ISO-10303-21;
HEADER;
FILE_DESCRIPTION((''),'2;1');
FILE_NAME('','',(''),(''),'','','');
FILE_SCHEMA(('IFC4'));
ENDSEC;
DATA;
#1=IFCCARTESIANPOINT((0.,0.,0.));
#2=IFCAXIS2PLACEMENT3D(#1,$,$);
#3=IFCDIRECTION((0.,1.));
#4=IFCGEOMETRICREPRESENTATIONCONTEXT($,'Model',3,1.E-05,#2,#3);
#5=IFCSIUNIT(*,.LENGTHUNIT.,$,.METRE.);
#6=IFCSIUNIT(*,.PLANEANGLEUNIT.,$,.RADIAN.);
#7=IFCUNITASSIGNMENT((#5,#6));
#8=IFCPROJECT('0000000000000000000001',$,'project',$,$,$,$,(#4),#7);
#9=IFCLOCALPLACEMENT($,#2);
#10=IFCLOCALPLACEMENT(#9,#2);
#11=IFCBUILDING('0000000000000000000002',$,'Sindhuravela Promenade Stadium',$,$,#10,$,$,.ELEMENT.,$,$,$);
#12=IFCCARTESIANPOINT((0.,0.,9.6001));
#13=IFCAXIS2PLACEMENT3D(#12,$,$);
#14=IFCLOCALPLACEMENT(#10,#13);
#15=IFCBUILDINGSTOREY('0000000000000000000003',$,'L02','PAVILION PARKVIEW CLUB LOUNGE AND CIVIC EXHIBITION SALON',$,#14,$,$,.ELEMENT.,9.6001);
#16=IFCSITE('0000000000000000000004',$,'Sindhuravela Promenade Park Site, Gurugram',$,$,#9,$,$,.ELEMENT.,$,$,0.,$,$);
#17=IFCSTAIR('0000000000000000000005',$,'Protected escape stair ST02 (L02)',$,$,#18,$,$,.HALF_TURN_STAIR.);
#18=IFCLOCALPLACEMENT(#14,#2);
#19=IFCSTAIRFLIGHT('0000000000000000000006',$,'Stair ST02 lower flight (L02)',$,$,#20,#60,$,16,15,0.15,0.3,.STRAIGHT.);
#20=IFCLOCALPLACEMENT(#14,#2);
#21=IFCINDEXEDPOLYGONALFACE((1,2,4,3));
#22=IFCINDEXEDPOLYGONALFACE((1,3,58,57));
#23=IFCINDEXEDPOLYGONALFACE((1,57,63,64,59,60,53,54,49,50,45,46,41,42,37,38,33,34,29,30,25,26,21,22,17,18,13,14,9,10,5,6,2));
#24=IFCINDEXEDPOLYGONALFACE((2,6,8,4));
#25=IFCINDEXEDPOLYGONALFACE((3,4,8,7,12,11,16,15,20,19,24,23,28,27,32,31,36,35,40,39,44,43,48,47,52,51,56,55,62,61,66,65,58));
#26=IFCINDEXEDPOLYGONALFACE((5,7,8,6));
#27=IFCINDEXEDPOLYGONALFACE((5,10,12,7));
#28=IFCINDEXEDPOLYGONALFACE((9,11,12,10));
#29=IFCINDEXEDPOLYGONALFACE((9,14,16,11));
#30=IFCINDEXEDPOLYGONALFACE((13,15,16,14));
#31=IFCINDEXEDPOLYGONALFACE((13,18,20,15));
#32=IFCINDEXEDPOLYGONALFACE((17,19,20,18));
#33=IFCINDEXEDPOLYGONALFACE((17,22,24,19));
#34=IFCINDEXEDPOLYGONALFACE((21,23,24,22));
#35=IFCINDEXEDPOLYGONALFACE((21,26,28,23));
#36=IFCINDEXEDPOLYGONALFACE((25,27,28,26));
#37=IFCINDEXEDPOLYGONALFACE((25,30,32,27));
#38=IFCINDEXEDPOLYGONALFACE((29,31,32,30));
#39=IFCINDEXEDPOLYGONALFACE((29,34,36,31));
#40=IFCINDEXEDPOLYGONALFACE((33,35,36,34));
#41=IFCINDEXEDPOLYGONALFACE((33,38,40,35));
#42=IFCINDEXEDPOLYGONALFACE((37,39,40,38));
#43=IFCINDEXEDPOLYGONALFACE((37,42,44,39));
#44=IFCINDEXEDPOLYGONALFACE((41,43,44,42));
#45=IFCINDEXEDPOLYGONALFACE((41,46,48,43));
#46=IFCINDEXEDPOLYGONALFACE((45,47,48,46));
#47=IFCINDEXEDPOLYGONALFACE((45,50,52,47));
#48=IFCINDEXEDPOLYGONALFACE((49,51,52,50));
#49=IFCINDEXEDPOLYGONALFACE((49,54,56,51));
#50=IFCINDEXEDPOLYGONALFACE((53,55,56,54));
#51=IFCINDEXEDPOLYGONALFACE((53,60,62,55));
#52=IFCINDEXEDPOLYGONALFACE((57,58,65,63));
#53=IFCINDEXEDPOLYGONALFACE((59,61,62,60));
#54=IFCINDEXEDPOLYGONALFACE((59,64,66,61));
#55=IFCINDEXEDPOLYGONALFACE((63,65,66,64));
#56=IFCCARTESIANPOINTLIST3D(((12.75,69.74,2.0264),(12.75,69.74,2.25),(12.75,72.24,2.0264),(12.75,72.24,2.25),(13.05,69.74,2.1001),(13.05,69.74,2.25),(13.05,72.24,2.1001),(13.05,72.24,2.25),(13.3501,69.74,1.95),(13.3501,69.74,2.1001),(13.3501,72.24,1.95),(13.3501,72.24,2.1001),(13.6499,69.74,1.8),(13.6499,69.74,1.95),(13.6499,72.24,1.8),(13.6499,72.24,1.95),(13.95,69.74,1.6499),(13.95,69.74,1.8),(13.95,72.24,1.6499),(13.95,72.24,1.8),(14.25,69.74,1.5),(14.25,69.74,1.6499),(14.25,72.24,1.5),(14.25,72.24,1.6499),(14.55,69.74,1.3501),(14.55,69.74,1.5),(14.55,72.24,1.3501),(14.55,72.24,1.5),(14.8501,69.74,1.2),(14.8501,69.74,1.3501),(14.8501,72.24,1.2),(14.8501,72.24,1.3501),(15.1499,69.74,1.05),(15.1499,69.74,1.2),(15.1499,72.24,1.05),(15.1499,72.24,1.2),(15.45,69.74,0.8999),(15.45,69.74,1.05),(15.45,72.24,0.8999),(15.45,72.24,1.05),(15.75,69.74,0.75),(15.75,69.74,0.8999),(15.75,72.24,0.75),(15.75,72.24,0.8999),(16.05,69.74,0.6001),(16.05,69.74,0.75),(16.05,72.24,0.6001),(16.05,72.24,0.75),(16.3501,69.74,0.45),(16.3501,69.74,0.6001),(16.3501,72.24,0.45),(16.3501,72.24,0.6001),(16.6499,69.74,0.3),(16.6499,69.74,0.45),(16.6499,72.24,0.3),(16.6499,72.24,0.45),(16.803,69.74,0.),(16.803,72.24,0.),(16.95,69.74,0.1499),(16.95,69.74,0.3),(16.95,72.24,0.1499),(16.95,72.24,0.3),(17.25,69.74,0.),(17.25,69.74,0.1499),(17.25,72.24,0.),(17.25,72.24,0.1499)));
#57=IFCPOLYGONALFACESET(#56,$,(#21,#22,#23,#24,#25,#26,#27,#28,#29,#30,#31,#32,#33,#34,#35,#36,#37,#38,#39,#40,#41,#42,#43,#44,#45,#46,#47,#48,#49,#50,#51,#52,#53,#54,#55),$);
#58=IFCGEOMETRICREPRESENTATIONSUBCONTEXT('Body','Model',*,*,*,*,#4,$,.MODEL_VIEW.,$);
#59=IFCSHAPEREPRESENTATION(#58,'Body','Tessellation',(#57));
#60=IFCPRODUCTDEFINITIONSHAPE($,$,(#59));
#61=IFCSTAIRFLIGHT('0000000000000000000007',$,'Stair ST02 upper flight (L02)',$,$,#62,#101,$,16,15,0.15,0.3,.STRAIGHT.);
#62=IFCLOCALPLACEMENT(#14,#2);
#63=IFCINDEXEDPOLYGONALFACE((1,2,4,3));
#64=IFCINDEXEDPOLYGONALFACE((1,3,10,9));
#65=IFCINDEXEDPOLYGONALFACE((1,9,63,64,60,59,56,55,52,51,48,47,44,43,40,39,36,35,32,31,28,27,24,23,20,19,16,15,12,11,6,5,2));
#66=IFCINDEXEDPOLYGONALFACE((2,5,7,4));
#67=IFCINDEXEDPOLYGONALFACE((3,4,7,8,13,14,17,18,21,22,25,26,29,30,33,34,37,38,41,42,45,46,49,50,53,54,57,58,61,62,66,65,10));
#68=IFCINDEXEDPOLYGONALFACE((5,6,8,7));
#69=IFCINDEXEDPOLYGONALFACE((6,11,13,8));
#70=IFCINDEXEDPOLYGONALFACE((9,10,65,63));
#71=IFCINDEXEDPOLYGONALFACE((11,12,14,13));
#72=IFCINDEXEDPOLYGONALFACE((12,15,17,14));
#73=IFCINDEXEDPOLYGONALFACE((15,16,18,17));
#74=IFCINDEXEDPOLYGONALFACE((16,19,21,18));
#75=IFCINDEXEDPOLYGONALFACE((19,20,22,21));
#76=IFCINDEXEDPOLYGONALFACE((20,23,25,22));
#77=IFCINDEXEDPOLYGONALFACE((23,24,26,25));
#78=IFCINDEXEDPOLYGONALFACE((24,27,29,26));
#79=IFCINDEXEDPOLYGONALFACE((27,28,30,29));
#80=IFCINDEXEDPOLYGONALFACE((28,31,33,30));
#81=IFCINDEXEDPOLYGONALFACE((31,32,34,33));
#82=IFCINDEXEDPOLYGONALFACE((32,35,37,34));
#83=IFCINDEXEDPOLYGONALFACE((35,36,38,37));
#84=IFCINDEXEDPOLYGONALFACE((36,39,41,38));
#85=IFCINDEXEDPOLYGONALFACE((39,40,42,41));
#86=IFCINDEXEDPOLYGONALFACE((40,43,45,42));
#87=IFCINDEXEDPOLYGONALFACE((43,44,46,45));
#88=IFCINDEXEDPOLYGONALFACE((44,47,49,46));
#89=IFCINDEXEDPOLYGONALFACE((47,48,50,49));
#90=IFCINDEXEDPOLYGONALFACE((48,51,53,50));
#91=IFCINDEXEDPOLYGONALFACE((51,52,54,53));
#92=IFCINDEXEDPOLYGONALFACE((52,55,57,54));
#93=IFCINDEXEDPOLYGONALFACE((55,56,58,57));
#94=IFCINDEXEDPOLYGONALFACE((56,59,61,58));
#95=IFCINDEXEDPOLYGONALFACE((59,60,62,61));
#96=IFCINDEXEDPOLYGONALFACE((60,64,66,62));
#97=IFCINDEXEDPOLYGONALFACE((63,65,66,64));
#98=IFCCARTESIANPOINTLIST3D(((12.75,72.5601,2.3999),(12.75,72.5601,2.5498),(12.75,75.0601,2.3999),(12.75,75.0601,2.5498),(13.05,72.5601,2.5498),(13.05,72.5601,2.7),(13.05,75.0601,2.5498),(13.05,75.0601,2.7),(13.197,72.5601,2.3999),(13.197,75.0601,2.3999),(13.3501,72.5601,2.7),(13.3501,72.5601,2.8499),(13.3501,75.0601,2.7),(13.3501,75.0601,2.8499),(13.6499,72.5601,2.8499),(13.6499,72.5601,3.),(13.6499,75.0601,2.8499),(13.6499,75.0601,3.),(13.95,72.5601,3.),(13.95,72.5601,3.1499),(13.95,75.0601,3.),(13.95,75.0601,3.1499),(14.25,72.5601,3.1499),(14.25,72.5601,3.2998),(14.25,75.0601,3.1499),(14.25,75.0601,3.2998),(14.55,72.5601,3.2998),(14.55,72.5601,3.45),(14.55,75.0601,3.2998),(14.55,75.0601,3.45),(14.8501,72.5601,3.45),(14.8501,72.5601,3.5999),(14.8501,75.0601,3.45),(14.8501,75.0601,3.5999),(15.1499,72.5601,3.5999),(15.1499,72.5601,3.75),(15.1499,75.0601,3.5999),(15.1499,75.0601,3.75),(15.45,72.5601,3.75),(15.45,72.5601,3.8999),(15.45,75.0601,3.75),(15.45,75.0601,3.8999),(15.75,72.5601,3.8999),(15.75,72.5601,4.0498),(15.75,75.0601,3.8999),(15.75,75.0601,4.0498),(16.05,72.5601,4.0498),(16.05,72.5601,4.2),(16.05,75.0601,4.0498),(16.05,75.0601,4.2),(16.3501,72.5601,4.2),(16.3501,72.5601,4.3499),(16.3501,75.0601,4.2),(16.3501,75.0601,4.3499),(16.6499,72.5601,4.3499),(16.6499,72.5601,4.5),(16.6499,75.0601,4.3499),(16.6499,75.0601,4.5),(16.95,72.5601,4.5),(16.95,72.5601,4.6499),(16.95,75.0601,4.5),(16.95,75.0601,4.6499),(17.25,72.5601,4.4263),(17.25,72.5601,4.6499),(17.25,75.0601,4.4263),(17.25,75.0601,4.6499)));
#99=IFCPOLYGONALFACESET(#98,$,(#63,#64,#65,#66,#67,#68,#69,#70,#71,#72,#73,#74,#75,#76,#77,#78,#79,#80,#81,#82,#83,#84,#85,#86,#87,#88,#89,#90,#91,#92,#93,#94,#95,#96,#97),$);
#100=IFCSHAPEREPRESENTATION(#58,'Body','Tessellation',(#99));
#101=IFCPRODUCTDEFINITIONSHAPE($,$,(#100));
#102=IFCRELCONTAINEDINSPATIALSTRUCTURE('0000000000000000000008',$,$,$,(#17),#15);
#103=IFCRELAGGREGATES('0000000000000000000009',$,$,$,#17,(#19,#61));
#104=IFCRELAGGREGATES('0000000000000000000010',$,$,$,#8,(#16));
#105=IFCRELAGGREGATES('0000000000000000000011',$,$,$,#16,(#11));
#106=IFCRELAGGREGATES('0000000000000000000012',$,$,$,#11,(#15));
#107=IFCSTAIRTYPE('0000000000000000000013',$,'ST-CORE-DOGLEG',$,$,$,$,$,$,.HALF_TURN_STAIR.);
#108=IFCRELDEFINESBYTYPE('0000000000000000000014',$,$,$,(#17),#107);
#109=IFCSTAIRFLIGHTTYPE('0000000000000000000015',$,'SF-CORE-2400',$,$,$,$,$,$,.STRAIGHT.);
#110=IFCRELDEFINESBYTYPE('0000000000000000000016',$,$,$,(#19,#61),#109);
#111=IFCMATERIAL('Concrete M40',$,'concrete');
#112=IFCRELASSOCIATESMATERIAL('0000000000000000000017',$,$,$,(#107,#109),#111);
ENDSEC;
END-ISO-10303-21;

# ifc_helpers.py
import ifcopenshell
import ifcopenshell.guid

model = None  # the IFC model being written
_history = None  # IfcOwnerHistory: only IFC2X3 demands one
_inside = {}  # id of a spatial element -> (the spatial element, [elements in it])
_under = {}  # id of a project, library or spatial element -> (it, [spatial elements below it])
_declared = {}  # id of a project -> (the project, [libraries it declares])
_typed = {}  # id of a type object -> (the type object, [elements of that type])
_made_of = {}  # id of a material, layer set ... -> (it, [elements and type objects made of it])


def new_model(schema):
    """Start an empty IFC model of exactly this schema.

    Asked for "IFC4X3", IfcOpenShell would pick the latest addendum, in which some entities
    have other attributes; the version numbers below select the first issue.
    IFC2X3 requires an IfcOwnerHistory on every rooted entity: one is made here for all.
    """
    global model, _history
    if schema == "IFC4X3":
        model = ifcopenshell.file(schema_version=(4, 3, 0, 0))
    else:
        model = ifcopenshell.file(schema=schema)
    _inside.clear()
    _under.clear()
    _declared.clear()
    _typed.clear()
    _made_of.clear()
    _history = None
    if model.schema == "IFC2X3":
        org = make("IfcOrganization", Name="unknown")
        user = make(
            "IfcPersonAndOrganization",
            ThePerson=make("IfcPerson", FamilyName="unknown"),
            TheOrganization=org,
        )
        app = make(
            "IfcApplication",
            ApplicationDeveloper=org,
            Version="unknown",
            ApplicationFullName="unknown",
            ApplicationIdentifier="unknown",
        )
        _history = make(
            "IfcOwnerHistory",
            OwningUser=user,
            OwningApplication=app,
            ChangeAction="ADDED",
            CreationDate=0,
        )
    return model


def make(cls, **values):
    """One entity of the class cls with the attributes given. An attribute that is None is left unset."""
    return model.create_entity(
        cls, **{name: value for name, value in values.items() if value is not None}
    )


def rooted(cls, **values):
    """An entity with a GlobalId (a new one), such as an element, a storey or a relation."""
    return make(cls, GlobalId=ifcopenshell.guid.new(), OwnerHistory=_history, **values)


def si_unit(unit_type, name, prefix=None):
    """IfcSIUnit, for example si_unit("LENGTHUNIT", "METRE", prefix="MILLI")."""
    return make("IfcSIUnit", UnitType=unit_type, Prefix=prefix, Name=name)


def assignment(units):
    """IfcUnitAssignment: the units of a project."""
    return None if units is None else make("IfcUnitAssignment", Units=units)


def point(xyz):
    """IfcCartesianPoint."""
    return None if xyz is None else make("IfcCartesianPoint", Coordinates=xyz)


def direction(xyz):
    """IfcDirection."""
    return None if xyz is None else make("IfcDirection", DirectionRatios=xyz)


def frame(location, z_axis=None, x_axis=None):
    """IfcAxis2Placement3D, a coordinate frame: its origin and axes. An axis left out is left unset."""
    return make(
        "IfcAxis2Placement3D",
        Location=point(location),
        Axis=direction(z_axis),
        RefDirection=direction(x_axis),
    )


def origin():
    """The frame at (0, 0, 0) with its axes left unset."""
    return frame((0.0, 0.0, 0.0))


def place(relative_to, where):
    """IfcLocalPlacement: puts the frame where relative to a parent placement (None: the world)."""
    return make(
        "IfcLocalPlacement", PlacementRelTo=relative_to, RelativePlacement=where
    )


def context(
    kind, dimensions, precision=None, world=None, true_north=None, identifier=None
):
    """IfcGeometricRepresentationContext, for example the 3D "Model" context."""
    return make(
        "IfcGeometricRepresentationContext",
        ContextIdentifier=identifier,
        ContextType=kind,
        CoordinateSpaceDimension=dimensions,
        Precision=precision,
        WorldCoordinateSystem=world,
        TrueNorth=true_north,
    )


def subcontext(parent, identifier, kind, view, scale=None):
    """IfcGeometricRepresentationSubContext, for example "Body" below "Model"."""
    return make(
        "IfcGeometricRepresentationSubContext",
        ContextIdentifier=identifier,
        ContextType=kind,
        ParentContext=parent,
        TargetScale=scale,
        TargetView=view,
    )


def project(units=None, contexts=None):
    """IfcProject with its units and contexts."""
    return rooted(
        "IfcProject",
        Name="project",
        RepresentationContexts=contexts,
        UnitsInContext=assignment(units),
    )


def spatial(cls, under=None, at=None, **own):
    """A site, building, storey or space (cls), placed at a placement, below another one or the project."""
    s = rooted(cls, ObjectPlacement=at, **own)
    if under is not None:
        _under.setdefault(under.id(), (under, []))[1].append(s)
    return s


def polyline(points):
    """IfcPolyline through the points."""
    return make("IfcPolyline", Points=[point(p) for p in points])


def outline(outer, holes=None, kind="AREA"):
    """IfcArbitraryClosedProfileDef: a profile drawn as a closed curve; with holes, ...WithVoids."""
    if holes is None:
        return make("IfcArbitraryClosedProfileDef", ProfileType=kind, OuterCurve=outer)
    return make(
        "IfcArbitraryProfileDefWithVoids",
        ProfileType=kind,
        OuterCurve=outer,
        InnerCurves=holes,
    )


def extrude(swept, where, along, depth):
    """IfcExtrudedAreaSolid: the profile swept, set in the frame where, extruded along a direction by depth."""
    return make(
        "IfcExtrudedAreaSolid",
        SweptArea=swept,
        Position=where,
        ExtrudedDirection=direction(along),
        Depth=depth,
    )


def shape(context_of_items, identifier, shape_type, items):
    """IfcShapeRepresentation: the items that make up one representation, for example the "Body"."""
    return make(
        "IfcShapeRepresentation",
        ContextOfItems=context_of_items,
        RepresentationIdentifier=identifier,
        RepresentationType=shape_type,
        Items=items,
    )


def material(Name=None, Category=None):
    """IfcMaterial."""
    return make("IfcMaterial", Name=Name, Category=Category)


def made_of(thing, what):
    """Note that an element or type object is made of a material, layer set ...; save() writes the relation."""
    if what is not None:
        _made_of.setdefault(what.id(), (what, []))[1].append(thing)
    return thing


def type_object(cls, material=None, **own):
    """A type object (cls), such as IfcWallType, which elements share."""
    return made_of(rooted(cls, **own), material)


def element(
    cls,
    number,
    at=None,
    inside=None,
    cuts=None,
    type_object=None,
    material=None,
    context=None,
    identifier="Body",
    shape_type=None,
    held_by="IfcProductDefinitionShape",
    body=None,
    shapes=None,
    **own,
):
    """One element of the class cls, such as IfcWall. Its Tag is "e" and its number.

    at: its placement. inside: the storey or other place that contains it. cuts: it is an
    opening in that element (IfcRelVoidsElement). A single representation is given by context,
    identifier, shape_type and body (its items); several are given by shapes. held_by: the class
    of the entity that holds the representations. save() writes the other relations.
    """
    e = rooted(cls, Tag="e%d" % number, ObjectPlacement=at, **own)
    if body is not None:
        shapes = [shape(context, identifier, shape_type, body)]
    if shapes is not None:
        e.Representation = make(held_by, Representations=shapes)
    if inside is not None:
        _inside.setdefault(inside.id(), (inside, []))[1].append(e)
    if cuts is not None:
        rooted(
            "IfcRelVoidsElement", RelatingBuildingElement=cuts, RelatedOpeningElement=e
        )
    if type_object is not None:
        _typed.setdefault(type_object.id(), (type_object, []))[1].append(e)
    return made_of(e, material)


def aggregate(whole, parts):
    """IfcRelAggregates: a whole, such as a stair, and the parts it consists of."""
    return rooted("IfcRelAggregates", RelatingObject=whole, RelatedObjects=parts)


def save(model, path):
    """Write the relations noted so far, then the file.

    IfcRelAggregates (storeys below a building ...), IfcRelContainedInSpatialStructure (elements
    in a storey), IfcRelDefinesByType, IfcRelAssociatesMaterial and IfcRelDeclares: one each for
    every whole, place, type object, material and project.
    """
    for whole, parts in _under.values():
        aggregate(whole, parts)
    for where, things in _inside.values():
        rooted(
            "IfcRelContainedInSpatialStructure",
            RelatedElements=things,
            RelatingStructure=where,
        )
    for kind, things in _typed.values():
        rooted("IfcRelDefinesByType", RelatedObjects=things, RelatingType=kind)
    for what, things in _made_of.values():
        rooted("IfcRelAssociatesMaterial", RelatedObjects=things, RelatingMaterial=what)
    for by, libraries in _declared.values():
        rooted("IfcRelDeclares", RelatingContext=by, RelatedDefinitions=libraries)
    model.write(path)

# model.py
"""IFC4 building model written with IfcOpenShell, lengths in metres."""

from ifc_helpers import new_model, si_unit, direction, frame, origin, place, context, subcontext, project, spatial, polyline, outline, extrude, material, type_object, element, aggregate, save


model = new_model("IFC4")

# Units and contexts
model_context = context("Model", 3, precision=1e-05, world=origin(), true_north=direction((0.0, 1.0)))
body_context = subcontext(model_context, "Body", "Model", "MODEL_VIEW")
ifc_project = project(units=[si_unit("LENGTHUNIT", "METRE"), si_unit("PLANEANGLEUNIT", "RADIAN")], contexts=[model_context])

# Site, building, storey
site_placement = place(None, origin())
site = spatial("IfcSite", under=ifc_project, at=site_placement, Name="Sindhuravela Promenade Park Site, Gurugram", CompositionType="ELEMENT", RefElevation=0.0)
building_placement = place(site_placement, origin())
building = spatial("IfcBuilding", under=site, at=building_placement, Name="Sindhuravela Promenade Stadium", CompositionType="ELEMENT")
storey_placement = place(building_placement, frame((0.0, 0.0, 9.6001)))
storey = spatial("IfcBuildingStorey", under=building, at=storey_placement, Name="L02", Description="PAVILION PARKVIEW CLUB LOUNGE AND CIVIC EXHIBITION SALON", CompositionType="ELEMENT", Elevation=9.6001)

# Shared definitions
ifc_material_1 = material(Name="Concrete M40", Category="concrete")

# Stair, stair flights
stair_type = type_object("IfcStairType", Name="ST-CORE-DOGLEG", PredefinedType="HALF_TURN_STAIR", material=ifc_material_1)
stair_placement = place(storey_placement, origin())
stair = element("IfcStair", 1, at=stair_placement, inside=storey, type_object=stair_type, Name="Protected escape stair ST02 (L02)", PredefinedType="HALF_TURN_STAIR")
stair_flight_type = type_object("IfcStairFlightType", Name="SF-CORE-2400", PredefinedType="STRAIGHT", material=ifc_material_1)
stair_flight_1_placement = place(storey_placement, frame((17.25, 70.99, 0.0), z_axis=(0.0, 0.0, 1.0), x_axis=(-1.0, 0.0, 0.0)))
stair_flight_1 = element("IfcStairFlight", 2, at=stair_flight_1_placement, type_object=stair_flight_type, Name="Stair ST02 lower flight (L02)", NumberOfRisers=16, NumberOfTreads=15, PredefinedType="STRAIGHT", RiserHeight=0.15, TreadLength=0.3, context=body_context, shape_type="SweptSolid", body=[
    extrude(outline(polyline([(0.0, 0.0), (0.0, 0.1499), (0.3, 0.1499), (0.3, 0.3), (0.6001, 0.3), (0.6001, 0.45), (0.8999, 0.45), (0.8999, 0.6001), (1.2, 0.6001), (1.2, 0.75), (1.5, 0.75), (1.5, 0.8999), (1.8, 0.8999), (1.8, 1.05), (2.1001, 1.05), (2.1001, 1.2), (2.3999, 1.2), (2.3999, 1.3501), (2.7, 1.3501), (2.7, 1.5), (3.0, 1.5), (3.0, 1.6499), (3.3, 1.6499), (3.3, 1.8), (3.6001, 1.8), (3.6001, 1.95), (3.8999, 1.95), (3.8999, 2.1001), (4.2, 2.1001), (4.2, 2.25), (4.5, 2.25), (4.5, 2.3999), (4.5, 2.0264), (0.447, 0.0), (0.0, 0.0)])), frame((0.0, 1.25, 0.0), z_axis=(0.0, -1.0, 0.0), x_axis=(1.0, 0.0, 0.0)), (0.0, 0.0, 1.0), 2.5),
])
stair_flight_2_placement = place(storey_placement, frame((12.75, 73.8101, 2.3999), z_axis=(0.0, 0.0, 1.0), x_axis=(1.0, 0.0, 0.0)))
stair_flight_2 = element("IfcStairFlight", 3, at=stair_flight_2_placement, type_object=stair_flight_type, Name="Stair ST02 upper flight (L02)", NumberOfRisers=16, NumberOfTreads=15, PredefinedType="STRAIGHT", RiserHeight=0.15, TreadLength=0.3, context=body_context, shape_type="SweptSolid", body=[
    extrude(outline(polyline([(0.0, 0.0), (0.0, 0.1499), (0.3, 0.1499), (0.3, 0.3), (0.6001, 0.3), (0.6001, 0.45), (0.8999, 0.45), (0.8999, 0.6001), (1.2, 0.6001), (1.2, 0.75), (1.5, 0.75), (1.5, 0.8999), (1.8, 0.8999), (1.8, 1.05), (2.1001, 1.05), (2.1001, 1.2), (2.3999, 1.2), (2.3999, 1.3501), (2.7, 1.3501), (2.7, 1.5), (3.0, 1.5), (3.0, 1.6499), (3.3, 1.6499), (3.3, 1.8), (3.6001, 1.8), (3.6001, 1.95), (3.8999, 1.95), (3.8999, 2.1001), (4.2, 2.1001), (4.2, 2.25), (4.5, 2.25), (4.5, 2.3999), (4.5, 2.0264), (0.447, 0.0), (0.0, 0.0)])), frame((0.0, 1.25, 0.0), z_axis=(0.0, -1.0, 0.0), x_axis=(1.0, 0.0, 0.0)), (0.0, 0.0, 1.0), 2.5),
])
aggregate(stair, [stair_flight_1, stair_flight_2])

save(model, "model.ifc")
